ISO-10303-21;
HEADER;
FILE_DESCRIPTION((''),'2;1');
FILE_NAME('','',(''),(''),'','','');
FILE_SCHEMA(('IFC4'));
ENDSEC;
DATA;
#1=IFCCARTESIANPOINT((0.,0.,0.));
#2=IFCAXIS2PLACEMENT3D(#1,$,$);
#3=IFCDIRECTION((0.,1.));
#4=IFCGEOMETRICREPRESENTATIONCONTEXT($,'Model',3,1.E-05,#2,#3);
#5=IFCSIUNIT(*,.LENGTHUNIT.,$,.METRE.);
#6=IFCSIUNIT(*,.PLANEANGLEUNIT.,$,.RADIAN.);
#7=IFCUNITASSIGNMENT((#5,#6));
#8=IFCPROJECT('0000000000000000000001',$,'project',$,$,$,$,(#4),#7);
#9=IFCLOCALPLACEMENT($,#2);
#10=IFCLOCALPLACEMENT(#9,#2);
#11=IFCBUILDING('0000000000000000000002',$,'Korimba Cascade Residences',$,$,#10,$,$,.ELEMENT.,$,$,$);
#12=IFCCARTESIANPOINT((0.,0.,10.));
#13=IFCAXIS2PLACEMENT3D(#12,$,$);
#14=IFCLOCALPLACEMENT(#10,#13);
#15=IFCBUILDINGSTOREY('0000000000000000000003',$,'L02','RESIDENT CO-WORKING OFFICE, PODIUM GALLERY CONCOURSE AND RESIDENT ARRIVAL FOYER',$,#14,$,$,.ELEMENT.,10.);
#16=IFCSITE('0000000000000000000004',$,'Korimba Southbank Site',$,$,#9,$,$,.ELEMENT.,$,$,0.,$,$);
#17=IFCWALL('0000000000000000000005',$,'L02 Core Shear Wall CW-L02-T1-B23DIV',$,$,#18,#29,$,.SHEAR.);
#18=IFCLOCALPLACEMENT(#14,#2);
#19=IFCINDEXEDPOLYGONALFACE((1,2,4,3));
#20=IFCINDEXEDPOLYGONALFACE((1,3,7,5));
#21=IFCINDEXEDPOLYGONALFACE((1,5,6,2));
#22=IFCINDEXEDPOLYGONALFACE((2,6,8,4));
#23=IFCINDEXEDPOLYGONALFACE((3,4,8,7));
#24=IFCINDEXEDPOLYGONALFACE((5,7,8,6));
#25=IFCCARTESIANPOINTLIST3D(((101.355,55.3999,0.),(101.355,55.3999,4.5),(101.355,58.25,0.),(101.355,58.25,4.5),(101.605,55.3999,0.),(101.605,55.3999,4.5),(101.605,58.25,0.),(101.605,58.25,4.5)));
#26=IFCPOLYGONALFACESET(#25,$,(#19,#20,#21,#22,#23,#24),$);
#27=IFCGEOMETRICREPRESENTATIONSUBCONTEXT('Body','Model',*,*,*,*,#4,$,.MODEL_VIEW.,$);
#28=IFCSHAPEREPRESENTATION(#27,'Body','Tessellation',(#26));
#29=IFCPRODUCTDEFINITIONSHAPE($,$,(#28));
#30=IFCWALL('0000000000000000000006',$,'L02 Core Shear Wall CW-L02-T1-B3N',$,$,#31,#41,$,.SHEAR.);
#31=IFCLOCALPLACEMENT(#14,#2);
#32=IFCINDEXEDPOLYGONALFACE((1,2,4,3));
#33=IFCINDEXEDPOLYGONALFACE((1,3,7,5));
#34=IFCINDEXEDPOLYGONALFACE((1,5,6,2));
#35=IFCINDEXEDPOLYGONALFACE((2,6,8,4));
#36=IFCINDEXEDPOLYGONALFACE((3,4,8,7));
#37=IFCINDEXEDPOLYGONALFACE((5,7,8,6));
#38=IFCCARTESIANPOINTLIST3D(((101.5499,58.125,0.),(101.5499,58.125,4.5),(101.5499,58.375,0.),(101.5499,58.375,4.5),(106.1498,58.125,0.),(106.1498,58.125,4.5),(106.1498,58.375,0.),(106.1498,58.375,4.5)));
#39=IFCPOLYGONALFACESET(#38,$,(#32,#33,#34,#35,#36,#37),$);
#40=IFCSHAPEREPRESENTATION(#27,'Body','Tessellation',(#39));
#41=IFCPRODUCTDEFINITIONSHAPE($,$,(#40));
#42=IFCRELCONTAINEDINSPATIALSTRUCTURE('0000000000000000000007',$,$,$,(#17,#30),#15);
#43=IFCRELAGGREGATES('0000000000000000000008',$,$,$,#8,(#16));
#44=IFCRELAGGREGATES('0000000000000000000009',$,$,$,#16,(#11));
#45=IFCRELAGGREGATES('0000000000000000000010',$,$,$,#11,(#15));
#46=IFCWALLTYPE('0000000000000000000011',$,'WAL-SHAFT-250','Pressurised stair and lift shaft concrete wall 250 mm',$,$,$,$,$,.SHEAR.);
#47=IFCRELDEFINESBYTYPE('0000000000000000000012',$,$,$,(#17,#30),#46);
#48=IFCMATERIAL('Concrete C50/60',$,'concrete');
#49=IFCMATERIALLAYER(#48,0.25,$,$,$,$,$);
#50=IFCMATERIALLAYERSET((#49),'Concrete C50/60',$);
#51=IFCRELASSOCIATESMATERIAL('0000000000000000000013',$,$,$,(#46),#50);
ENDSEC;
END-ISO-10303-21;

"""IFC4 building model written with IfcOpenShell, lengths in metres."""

from ifc_helpers import new_model, si_unit, direction, frame, frame_2d, origin, place, context, subcontext, project, spatial, rectangle, extrude, material, layer, layer_set, type_object, element, save


model = new_model("IFC4")

# Units and contexts
model_context = context("Model", 3, precision=1e-05, world=origin(), true_north=direction((0.0, 1.0)))
body_context = subcontext(model_context, "Body", "Model", "MODEL_VIEW")
ifc_project = project(units=[si_unit("LENGTHUNIT", "METRE"), si_unit("PLANEANGLEUNIT", "RADIAN")], contexts=[model_context])

# Site, building, storey
site_placement = place(None, origin())
site = spatial("IfcSite", under=ifc_project, at=site_placement, Name="Korimba Southbank Site", CompositionType="ELEMENT", RefElevation=0.0)
building_placement = place(site_placement, origin())
building = spatial("IfcBuilding", under=site, at=building_placement, Name="Korimba Cascade Residences", CompositionType="ELEMENT")
storey_placement = place(building_placement, frame((0.0, 0.0, 10.0)))
storey = spatial("IfcBuildingStorey", under=building, at=storey_placement, Name="L02", Description="RESIDENT CO-WORKING OFFICE, PODIUM GALLERY CONCOURSE AND RESIDENT ARRIVAL FOYER", CompositionType="ELEMENT", Elevation=10.0)

# Shared definitions
ifc_material_1 = material(Name="Concrete C50/60", Category="concrete")

# Walls
ifc_layer_1 = layer(ifc_material_1, 0.25)
ifc_layer_set_1 = layer_set([ifc_layer_1], Name="Concrete C50/60")
wall_type_1 = type_object("IfcWallType", Name="WAL-SHAFT-250", Description="Pressurised stair and lift shaft concrete wall 250 mm", PredefinedType="SHEAR", material=ifc_layer_set_1)
wall_1_placement = place(storey_placement, frame((101.48, 55.3999, 0.0), z_axis=(0.0, 0.0, 1.0), x_axis=(0.0, 1.0, 0.0)))
element("IfcWall", 1, at=wall_1_placement, inside=storey, type_object=wall_type_1, Name="L02 Core Shear Wall CW-L02-T1-B23DIV", PredefinedType="SHEAR", context=body_context, shape_type="SweptSolid", body=[
    extrude(rectangle(XDim=2.8501, YDim=0.25, at=frame_2d((1.425, 0.0))), origin(), (0.0, 0.0, 1.0), 4.5),
])
wall_2_placement = place(storey_placement, frame((101.55, 58.25, 0.0), z_axis=(0.0, 0.0, 1.0), x_axis=(1.0, 0.0, 0.0)))
element("IfcWall", 2, at=wall_2_placement, inside=storey, type_object=wall_type_1, Name="L02 Core Shear Wall CW-L02-T1-B3N", PredefinedType="SHEAR", context=body_context, shape_type="SweptSolid", body=[
    extrude(rectangle(XDim=4.5999, YDim=0.25, at=frame_2d((2.2998, 0.0))), origin(), (0.0, 0.0, 1.0), 4.5),
])

save(model, "model.ifc")
